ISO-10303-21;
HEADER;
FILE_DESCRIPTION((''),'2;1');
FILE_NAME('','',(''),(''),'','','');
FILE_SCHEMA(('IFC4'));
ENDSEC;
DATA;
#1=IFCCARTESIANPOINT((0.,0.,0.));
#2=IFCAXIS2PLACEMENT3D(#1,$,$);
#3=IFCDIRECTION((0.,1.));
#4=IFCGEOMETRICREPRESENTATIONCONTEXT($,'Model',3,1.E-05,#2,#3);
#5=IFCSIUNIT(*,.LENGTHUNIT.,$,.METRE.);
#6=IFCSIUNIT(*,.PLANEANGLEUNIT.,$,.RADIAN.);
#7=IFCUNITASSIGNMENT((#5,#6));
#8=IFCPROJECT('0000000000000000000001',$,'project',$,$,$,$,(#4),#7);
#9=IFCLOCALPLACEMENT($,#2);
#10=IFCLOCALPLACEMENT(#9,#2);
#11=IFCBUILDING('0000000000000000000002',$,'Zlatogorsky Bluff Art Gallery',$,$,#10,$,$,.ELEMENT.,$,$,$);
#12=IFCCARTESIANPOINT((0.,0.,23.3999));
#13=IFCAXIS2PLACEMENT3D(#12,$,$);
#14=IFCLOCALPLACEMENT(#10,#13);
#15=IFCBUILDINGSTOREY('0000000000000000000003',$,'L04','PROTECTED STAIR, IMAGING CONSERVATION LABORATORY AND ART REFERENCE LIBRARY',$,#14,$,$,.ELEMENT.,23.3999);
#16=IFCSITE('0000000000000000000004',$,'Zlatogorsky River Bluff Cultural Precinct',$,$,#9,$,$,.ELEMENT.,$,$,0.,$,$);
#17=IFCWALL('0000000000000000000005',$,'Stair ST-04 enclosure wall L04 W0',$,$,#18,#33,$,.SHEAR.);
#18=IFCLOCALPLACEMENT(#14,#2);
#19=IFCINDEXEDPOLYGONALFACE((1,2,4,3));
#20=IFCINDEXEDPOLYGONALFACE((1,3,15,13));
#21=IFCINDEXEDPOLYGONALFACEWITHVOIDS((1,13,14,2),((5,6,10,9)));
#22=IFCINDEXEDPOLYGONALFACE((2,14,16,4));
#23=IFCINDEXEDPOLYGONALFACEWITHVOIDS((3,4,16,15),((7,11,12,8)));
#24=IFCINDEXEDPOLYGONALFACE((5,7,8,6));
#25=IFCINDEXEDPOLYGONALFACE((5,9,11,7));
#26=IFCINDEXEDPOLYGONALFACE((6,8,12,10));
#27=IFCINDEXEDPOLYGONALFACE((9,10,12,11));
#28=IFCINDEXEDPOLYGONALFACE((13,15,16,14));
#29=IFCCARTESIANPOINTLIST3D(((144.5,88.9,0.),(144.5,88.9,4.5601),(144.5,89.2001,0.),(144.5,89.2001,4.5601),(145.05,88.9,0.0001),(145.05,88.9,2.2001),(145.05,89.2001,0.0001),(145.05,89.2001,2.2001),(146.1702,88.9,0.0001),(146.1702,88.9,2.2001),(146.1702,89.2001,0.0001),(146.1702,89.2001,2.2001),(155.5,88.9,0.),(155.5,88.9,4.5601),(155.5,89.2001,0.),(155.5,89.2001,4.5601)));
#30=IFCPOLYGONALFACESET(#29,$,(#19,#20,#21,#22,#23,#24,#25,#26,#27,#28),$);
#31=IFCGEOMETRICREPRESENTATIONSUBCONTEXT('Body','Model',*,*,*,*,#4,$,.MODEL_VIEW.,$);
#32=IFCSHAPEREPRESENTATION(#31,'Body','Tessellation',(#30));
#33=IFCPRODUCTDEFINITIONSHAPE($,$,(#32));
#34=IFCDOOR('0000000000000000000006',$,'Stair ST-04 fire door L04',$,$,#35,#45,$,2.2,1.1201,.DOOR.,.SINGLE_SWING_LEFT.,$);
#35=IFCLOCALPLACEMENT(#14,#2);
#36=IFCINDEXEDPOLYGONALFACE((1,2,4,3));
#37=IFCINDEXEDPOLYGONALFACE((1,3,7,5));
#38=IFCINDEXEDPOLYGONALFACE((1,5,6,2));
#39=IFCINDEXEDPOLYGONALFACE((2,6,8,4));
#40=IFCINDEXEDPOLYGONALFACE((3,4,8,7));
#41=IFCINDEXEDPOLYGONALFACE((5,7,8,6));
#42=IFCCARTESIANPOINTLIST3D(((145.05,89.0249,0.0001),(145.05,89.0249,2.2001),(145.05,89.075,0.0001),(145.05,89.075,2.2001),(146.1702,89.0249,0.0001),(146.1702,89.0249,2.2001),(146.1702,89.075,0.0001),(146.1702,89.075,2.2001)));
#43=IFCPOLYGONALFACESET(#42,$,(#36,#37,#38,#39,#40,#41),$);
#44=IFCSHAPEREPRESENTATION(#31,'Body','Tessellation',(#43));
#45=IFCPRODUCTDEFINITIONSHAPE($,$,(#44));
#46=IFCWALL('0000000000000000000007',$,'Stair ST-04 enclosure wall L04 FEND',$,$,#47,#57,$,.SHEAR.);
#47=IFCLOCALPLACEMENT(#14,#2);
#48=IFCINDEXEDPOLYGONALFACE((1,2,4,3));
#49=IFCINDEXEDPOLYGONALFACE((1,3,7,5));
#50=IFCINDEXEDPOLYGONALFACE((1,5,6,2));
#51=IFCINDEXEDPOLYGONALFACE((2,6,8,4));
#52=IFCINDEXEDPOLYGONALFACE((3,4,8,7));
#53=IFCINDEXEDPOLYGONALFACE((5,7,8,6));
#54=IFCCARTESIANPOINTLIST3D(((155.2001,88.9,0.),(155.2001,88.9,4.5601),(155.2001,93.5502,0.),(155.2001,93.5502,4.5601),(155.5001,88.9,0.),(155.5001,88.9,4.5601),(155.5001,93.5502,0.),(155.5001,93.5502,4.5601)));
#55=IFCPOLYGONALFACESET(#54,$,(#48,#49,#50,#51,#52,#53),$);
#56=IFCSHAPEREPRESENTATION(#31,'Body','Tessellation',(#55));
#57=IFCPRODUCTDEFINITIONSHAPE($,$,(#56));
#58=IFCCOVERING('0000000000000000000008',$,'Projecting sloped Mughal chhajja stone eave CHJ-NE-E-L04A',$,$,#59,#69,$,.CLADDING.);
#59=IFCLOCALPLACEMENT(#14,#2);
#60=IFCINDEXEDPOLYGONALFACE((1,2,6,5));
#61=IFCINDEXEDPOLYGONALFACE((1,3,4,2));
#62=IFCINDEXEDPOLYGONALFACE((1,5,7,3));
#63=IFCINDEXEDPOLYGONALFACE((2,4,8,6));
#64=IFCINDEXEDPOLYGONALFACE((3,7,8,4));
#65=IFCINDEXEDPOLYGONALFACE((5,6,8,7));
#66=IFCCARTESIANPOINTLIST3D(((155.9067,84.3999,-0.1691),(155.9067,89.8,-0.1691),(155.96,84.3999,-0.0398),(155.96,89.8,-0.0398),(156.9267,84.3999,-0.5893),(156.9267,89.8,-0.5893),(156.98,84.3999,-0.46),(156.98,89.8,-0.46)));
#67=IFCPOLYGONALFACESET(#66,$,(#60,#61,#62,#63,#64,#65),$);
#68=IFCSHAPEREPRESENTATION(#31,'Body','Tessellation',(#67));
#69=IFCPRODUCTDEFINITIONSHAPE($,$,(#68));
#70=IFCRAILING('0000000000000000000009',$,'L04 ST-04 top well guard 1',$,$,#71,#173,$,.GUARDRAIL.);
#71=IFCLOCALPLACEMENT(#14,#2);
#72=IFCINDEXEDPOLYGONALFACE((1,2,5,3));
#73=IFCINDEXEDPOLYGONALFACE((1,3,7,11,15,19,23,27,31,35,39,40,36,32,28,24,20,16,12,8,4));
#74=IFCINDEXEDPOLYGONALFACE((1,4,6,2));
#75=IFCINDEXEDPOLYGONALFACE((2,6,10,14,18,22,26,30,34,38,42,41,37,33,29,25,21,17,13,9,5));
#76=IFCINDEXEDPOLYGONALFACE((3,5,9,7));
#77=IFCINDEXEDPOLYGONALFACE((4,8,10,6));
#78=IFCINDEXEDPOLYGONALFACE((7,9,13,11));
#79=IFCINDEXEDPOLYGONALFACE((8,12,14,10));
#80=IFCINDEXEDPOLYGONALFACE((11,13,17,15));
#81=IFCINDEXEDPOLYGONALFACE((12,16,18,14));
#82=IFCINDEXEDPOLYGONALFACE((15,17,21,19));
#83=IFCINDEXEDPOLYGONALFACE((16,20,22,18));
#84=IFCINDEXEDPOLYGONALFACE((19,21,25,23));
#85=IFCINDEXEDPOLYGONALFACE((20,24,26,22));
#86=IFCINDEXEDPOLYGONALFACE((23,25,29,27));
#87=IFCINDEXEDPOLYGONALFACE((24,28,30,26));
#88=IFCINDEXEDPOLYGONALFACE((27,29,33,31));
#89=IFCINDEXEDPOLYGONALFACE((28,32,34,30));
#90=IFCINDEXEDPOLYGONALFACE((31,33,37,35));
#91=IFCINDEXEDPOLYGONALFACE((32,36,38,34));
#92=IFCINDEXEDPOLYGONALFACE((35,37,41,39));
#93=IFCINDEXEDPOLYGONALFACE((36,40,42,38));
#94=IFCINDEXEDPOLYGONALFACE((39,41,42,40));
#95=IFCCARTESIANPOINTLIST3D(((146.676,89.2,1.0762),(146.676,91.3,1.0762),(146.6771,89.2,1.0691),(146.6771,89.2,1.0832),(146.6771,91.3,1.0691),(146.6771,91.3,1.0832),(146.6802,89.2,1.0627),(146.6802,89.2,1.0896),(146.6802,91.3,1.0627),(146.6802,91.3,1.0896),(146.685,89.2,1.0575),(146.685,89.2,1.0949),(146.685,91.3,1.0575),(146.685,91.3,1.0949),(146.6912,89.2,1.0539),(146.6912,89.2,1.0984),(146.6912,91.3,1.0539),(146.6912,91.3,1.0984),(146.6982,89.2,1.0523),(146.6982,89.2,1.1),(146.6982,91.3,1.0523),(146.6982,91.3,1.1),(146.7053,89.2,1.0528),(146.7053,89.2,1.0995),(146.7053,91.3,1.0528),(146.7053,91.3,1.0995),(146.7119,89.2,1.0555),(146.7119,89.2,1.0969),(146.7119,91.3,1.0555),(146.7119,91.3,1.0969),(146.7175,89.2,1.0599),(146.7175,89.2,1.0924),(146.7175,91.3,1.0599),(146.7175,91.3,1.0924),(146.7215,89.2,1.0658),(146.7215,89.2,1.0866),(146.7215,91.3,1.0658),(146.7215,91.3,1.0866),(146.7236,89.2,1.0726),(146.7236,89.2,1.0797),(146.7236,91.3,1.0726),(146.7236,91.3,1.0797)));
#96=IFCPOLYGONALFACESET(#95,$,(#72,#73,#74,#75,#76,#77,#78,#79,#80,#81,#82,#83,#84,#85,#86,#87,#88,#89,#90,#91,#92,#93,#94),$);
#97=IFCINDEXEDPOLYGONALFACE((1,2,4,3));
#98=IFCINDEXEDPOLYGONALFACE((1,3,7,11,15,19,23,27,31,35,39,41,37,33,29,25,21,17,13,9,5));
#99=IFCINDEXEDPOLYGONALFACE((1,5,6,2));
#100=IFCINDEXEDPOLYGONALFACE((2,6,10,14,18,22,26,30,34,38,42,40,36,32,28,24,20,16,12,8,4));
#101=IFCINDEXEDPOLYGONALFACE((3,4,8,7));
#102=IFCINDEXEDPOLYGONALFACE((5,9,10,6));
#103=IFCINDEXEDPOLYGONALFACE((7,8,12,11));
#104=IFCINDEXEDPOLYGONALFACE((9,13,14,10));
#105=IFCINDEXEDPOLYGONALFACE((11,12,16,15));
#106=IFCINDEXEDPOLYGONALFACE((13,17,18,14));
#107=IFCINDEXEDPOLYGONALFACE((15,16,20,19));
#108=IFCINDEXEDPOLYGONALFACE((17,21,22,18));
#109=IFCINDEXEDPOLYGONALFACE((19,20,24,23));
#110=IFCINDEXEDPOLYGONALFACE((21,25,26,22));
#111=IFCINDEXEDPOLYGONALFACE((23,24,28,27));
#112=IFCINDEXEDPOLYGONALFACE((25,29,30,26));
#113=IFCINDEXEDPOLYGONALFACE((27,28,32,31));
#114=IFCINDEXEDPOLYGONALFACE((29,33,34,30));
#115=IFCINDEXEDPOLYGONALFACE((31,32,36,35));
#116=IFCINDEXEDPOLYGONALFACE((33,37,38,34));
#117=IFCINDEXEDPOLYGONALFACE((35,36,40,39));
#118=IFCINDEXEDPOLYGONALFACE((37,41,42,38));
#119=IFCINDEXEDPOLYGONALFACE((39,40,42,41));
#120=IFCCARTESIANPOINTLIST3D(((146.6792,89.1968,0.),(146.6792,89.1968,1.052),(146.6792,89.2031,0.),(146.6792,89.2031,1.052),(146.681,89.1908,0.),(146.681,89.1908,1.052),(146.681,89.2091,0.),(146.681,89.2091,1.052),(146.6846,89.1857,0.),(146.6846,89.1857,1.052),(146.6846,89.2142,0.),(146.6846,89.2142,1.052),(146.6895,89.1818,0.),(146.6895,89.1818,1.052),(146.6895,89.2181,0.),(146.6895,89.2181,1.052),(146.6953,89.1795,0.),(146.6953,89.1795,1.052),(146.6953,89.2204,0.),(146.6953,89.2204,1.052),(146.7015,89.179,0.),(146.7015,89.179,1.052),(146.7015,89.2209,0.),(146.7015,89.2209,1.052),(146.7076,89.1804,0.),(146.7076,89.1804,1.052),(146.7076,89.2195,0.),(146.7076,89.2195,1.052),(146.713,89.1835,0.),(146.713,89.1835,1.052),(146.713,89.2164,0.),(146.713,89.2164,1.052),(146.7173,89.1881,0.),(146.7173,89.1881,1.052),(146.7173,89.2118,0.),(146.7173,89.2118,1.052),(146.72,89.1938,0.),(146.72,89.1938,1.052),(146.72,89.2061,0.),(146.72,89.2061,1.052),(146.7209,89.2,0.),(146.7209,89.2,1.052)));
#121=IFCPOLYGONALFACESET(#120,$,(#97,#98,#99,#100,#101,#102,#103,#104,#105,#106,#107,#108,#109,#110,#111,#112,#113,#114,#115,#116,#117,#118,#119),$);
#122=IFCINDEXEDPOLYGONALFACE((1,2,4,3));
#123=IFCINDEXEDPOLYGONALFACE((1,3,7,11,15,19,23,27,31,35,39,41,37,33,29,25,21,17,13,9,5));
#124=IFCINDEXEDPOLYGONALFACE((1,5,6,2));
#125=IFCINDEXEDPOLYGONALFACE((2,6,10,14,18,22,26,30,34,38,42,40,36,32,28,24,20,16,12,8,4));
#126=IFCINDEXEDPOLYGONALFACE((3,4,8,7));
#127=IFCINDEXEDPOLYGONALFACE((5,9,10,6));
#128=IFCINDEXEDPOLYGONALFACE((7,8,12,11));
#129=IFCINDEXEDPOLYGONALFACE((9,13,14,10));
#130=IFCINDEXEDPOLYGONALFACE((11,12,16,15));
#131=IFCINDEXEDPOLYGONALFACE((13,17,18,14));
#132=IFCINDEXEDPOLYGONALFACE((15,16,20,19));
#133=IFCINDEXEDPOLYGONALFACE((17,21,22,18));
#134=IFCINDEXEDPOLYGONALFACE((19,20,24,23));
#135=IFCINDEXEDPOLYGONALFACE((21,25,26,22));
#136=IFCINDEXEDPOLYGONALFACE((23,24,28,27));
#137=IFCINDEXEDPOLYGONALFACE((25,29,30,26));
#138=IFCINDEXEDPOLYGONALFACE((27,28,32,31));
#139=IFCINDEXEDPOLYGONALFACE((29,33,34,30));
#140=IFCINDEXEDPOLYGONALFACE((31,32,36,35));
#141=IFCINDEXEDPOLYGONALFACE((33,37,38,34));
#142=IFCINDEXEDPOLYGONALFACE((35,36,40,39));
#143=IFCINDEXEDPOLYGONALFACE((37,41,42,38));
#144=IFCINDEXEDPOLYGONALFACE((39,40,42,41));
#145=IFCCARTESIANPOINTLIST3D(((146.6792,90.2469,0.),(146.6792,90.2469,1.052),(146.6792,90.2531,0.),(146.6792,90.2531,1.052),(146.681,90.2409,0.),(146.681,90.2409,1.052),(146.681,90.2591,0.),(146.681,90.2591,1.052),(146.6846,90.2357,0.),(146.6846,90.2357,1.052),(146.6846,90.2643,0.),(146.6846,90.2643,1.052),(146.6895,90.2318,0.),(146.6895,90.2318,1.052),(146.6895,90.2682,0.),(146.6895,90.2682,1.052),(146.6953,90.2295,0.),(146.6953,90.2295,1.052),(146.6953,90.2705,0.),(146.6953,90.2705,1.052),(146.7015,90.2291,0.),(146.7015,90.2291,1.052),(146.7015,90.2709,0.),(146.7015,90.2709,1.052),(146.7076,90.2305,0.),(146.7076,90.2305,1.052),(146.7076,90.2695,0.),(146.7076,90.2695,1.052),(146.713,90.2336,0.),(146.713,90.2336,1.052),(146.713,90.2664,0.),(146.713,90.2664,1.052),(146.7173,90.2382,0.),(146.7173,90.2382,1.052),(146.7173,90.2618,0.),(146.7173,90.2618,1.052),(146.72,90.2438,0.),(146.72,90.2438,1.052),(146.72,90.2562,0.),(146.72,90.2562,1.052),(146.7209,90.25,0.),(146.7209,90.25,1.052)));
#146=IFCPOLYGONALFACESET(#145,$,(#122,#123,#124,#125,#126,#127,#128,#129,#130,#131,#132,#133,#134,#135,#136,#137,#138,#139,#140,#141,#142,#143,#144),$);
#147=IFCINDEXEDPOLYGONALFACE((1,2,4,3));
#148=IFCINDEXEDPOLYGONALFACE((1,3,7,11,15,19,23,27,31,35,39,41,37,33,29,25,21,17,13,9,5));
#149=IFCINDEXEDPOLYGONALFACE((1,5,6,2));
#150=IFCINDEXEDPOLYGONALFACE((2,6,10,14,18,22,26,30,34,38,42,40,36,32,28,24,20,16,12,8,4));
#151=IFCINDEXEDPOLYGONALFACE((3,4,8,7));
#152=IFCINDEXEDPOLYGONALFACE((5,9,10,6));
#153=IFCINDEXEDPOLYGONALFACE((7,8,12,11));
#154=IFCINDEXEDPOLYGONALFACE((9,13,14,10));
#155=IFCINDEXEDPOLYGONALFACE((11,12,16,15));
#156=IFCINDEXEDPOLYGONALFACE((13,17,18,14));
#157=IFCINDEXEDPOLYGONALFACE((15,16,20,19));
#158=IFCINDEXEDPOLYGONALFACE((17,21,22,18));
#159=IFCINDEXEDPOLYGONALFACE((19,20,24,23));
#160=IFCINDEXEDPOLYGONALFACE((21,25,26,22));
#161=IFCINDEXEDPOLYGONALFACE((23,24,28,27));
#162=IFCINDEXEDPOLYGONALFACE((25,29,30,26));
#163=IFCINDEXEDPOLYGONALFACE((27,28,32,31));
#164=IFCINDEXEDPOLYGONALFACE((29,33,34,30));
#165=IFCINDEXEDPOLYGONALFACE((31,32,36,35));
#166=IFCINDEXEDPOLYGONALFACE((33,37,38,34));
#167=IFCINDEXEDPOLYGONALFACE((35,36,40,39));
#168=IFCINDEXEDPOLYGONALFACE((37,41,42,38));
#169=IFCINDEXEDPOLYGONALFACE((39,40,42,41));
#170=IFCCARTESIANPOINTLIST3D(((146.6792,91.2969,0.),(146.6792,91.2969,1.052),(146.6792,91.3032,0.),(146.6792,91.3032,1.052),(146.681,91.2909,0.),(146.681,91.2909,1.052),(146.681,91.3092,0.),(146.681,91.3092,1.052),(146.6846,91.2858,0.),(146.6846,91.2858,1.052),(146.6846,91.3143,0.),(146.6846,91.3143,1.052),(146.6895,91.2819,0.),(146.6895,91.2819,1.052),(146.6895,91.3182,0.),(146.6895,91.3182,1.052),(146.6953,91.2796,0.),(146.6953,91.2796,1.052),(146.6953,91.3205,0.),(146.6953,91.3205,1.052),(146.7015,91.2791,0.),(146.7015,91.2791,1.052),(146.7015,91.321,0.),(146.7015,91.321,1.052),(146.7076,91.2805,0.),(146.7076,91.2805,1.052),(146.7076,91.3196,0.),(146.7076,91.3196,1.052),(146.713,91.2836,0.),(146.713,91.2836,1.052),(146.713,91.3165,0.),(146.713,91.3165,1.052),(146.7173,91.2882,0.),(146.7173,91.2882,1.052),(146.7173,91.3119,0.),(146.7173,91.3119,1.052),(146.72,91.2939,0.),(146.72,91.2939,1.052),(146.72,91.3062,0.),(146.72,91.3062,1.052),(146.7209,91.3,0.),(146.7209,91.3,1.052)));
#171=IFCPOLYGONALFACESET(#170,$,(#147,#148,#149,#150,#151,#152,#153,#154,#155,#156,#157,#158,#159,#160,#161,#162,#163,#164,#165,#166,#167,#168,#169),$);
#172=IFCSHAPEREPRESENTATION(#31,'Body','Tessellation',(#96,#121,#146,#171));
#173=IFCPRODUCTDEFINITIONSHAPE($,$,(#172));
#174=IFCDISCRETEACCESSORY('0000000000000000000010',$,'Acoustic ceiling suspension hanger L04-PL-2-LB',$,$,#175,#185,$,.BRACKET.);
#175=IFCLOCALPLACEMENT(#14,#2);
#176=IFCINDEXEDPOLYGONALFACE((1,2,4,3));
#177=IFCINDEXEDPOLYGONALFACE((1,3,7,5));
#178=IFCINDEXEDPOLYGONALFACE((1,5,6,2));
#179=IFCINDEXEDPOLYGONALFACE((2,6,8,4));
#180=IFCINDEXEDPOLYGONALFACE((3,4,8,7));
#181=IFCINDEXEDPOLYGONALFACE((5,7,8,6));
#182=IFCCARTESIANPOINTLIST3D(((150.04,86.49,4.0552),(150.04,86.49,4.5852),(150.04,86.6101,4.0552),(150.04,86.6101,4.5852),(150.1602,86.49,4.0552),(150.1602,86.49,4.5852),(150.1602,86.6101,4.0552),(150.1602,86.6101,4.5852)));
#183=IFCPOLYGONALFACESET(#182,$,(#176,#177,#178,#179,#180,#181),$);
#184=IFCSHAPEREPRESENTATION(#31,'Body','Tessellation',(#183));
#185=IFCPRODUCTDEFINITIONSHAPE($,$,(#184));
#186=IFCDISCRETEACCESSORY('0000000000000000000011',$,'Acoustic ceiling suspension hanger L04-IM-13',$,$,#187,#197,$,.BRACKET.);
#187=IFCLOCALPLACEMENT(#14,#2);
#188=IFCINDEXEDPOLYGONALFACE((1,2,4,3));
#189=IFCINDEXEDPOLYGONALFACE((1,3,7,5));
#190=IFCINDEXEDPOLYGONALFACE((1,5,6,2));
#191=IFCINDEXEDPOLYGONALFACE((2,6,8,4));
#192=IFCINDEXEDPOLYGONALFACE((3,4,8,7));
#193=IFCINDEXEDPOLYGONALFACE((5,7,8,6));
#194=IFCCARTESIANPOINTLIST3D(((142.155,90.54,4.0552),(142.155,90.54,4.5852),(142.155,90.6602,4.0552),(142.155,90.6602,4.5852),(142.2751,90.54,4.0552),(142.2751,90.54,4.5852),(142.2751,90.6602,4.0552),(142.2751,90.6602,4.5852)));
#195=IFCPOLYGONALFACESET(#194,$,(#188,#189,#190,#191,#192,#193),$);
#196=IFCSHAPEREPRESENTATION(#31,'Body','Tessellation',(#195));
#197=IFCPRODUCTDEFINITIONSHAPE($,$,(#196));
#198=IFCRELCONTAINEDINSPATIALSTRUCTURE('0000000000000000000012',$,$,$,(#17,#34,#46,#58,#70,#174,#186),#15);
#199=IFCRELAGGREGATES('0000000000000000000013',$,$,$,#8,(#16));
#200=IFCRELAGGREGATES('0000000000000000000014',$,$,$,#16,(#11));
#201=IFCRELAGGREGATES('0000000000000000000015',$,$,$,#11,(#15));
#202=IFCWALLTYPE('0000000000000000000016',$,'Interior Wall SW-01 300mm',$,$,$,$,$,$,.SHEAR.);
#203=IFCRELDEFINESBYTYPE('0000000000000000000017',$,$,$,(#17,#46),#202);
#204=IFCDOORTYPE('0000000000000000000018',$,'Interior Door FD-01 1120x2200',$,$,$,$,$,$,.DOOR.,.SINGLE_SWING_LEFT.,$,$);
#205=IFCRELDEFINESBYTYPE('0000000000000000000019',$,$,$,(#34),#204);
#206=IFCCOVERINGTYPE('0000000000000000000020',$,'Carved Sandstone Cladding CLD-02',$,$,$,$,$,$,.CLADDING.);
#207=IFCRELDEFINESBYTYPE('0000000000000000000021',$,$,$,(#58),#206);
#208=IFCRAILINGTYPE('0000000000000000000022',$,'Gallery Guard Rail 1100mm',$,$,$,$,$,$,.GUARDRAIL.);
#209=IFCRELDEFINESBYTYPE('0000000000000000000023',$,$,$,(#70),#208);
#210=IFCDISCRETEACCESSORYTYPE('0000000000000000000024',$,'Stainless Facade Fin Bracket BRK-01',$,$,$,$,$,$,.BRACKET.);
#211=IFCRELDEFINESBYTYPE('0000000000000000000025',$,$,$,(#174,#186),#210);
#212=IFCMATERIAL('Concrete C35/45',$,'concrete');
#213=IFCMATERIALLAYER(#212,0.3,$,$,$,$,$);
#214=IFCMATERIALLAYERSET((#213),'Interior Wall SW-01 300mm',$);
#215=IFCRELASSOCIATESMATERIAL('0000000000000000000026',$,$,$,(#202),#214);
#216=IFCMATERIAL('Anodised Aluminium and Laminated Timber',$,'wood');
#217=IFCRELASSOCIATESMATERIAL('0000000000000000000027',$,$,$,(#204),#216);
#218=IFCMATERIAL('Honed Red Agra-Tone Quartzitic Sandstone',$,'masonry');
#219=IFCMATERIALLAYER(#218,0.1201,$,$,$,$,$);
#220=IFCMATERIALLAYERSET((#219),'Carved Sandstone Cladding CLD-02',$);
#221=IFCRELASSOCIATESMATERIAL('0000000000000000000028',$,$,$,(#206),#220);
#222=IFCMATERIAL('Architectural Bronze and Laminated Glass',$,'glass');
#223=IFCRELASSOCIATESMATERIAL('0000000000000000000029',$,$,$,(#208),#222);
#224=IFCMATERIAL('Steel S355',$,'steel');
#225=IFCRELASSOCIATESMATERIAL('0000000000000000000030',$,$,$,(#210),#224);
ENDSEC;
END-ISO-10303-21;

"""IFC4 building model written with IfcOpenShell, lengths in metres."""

from ifc_helpers import new_model, si_unit, direction, frame, frame_2d, origin, origin_2d, place, context, subcontext, project, spatial, polyline, rectangle, circle, outline, extrude, material, layer, layer_set, type_object, element, fill, save


model = new_model("IFC4")

# Units and contexts
model_context = context("Model", 3, precision=1e-05, world=origin(), true_north=direction((0.0, 1.0)))
body_context = subcontext(model_context, "Body", "Model", "MODEL_VIEW")
ifc_project = project(units=[si_unit("LENGTHUNIT", "METRE"), si_unit("PLANEANGLEUNIT", "RADIAN")], contexts=[model_context])

# Site, building, storey
site_placement = place(None, origin())
site = spatial("IfcSite", under=ifc_project, at=site_placement, Name="Zlatogorsky River Bluff Cultural Precinct", CompositionType="ELEMENT", RefElevation=0.0)
building_placement = place(site_placement, origin())
building = spatial("IfcBuilding", under=site, at=building_placement, Name="Zlatogorsky Bluff Art Gallery", CompositionType="ELEMENT")
storey_placement = place(building_placement, frame((0.0, 0.0, 23.3999)))
storey = spatial("IfcBuildingStorey", under=building, at=storey_placement, Name="L04", Description="PROTECTED STAIR, IMAGING CONSERVATION LABORATORY AND ART REFERENCE LIBRARY", CompositionType="ELEMENT", Elevation=23.3999)

# Shared definitions
ifc_material_1 = material(Name="Steel S355", Category="steel")

# Shared definitions
ifc_material_2 = material(Name="Anodised Aluminium and Laminated Timber", Category="wood")

# Shared definitions
ifc_material_3 = material(Name="Concrete C35/45", Category="concrete")

# Wall, opening, door
ifc_layer_1 = layer(ifc_material_3, 0.3)
ifc_layer_set_1 = layer_set([ifc_layer_1], Name="Interior Wall SW-01 300mm")
wall_type_1 = type_object("IfcWallType", Name="Interior Wall SW-01 300mm", PredefinedType="SHEAR", material=ifc_layer_set_1)
wall_1_placement = place(storey_placement, frame((144.5, 89.05, 0.0), z_axis=(0.0, 0.0, 1.0), x_axis=(1.0, 0.0, 0.0)))
wall_1 = element("IfcWall", 1, at=wall_1_placement, inside=storey, type_object=wall_type_1, Name="Stair ST-04 enclosure wall L04 W0", PredefinedType="SHEAR", context=body_context, shape_type="SweptSolid", body=[
    extrude(rectangle(XDim=11.0, YDim=0.3, at=frame_2d((5.5, 0.0))), origin(), (0.0, 0.0, 1.0), 4.5601),
])
opening_1_placement = place(wall_1_placement, frame((0.55, 0.0, 0.0)))
opening_1 = element("IfcOpeningElement", 2, at=opening_1_placement, cuts=wall_1, PredefinedType="OPENING", context=body_context, shape_type="SweptSolid", body=[
    extrude(rectangle(XDim=1.1201, YDim=2.2, at=frame_2d((0.5601, 1.1001))), frame((0.0, 0.1599, 0.0), z_axis=(0.0, -1.0, 0.0), x_axis=(1.0, 0.0, 0.0)), (0.0, 0.0, 1.0), 0.3201),
])
door_type_1 = type_object("IfcDoorType", Name="Interior Door FD-01 1120x2200", OperationType="SINGLE_SWING_LEFT", PredefinedType="DOOR", material=ifc_material_2)
door_1_placement = place(opening_1_placement, origin())
door_1 = element("IfcDoor", 3, at=door_1_placement, inside=storey, type_object=door_type_1, Name="Stair ST-04 fire door L04", OperationType="SINGLE_SWING_LEFT", OverallHeight=2.2, OverallWidth=1.1201, PredefinedType="DOOR", context=body_context, shape_type="SweptSolid", body=[
    extrude(rectangle(XDim=1.1201, YDim=2.2, at=frame_2d((0.5601, 1.1001))), frame((0.0, 0.0249, 0.0), z_axis=(0.0, -1.0, 0.0), x_axis=(1.0, 0.0, 0.0)), (0.0, 0.0, 1.0), 0.05),
])
fill(opening_1, door_1)

# Wall
wall_2_placement = place(storey_placement, frame((155.3501, 88.8999, 0.0), z_axis=(0.0, 0.0, 1.0), x_axis=(0.0, 1.0, 0.0)))
element("IfcWall", 4, at=wall_2_placement, inside=storey, type_object=wall_type_1, Name="Stair ST-04 enclosure wall L04 FEND", PredefinedType="SHEAR", context=body_context, shape_type="SweptSolid", body=[
    extrude(rectangle(XDim=4.6501, YDim=0.3, at=frame_2d((2.3252, 0.0))), origin(), (0.0, 0.0, 1.0), 4.5601),
])

# Covering
ifc_material_4 = material(Name="Honed Red Agra-Tone Quartzitic Sandstone", Category="masonry")
ifc_layer_2 = layer(ifc_material_4, 0.1201)
ifc_layer_set_2 = layer_set([ifc_layer_2], Name="Carved Sandstone Cladding CLD-02")
covering_type = type_object("IfcCoveringType", Name="Carved Sandstone Cladding CLD-02", PredefinedType="CLADDING", material=ifc_layer_set_2)
covering_placement = place(storey_placement, frame((155.96, 89.8, -0.0398), z_axis=(0.380872, 0.0, 0.924628), x_axis=(0.0, -1.0, 0.0)))
element("IfcCovering", 5, at=covering_placement, inside=storey, type_object=covering_type, Name="Projecting sloped Mughal chhajja stone eave CHJ-NE-E-L04A", PredefinedType="CLADDING", context=body_context, shape_type="SweptSolid", body=[
    extrude(outline(polyline([(0.0, 0.0), (5.4001, 0.0), (5.4001, 1.1032), (0.0, 1.1032), (0.0, 0.0)])), origin(), (0.0, 0.0, -1.0), 0.1399),
])

# Railing
ifc_material_5 = material(Name="Architectural Bronze and Laminated Glass", Category="glass")
railing_type = type_object("IfcRailingType", Name="Gallery Guard Rail 1100mm", PredefinedType="GUARDRAIL", material=ifc_material_5)
railing_placement = place(storey_placement, frame((146.7, 89.2, 0.0)))
element("IfcRailing", 6, at=railing_placement, inside=storey, type_object=railing_type, Name="L04 ST-04 top well guard 1", PredefinedType="GUARDRAIL", context=body_context, shape_type="SweptSolid", body=[
    extrude(circle(Radius=0.0239, at=origin_2d()), frame((0.0, 0.0, 1.0762), z_axis=(0.0, 1.0, 0.0), x_axis=(-1.0, 0.0, 0.0)), (0.0, 0.0, 1.0), 2.1001),
    extrude(circle(Radius=0.021, at=origin_2d()), origin(), (0.0, 0.0, 1.0), 1.052),
    extrude(circle(Radius=0.021, at=origin_2d()), frame((0.0, 1.05, 0.0)), (0.0, 0.0, 1.0), 1.052),
    extrude(circle(Radius=0.021, at=origin_2d()), frame((0.0, 2.1001, 0.0)), (0.0, 0.0, 1.0), 1.052),
])

# Discrete accessories
discrete_accessory_type = type_object("IfcDiscreteAccessoryType", Name="Stainless Facade Fin Bracket BRK-01", PredefinedType="BRACKET", material=ifc_material_1)
for number, where, z_axis, x_axis, name in (
    (7, (150.1001, 86.55, 4.0552), (0.0, 0.0, 1.0), (1.0, 0.0, 0.0), "Acoustic ceiling suspension hanger L04-PL-2-LB"),
    (8, (142.2151, 90.6001, 4.0552), (0.0, 0.0, 1.0), (1.0, 0.0, 0.0), "Acoustic ceiling suspension hanger L04-IM-13"),
):
    element("IfcDiscreteAccessory", number, at=place(storey_placement, frame(where, z_axis=z_axis, x_axis=x_axis)), inside=storey, type_object=discrete_accessory_type, Name=name, PredefinedType="BRACKET", context=body_context, shape_type="SweptSolid", body=[
        extrude(rectangle(XDim=0.1201, YDim=0.1201, at=origin_2d()), origin(), (0.0, 0.0, 1.0), 0.53),
    ])

save(model, "model.ifc")
